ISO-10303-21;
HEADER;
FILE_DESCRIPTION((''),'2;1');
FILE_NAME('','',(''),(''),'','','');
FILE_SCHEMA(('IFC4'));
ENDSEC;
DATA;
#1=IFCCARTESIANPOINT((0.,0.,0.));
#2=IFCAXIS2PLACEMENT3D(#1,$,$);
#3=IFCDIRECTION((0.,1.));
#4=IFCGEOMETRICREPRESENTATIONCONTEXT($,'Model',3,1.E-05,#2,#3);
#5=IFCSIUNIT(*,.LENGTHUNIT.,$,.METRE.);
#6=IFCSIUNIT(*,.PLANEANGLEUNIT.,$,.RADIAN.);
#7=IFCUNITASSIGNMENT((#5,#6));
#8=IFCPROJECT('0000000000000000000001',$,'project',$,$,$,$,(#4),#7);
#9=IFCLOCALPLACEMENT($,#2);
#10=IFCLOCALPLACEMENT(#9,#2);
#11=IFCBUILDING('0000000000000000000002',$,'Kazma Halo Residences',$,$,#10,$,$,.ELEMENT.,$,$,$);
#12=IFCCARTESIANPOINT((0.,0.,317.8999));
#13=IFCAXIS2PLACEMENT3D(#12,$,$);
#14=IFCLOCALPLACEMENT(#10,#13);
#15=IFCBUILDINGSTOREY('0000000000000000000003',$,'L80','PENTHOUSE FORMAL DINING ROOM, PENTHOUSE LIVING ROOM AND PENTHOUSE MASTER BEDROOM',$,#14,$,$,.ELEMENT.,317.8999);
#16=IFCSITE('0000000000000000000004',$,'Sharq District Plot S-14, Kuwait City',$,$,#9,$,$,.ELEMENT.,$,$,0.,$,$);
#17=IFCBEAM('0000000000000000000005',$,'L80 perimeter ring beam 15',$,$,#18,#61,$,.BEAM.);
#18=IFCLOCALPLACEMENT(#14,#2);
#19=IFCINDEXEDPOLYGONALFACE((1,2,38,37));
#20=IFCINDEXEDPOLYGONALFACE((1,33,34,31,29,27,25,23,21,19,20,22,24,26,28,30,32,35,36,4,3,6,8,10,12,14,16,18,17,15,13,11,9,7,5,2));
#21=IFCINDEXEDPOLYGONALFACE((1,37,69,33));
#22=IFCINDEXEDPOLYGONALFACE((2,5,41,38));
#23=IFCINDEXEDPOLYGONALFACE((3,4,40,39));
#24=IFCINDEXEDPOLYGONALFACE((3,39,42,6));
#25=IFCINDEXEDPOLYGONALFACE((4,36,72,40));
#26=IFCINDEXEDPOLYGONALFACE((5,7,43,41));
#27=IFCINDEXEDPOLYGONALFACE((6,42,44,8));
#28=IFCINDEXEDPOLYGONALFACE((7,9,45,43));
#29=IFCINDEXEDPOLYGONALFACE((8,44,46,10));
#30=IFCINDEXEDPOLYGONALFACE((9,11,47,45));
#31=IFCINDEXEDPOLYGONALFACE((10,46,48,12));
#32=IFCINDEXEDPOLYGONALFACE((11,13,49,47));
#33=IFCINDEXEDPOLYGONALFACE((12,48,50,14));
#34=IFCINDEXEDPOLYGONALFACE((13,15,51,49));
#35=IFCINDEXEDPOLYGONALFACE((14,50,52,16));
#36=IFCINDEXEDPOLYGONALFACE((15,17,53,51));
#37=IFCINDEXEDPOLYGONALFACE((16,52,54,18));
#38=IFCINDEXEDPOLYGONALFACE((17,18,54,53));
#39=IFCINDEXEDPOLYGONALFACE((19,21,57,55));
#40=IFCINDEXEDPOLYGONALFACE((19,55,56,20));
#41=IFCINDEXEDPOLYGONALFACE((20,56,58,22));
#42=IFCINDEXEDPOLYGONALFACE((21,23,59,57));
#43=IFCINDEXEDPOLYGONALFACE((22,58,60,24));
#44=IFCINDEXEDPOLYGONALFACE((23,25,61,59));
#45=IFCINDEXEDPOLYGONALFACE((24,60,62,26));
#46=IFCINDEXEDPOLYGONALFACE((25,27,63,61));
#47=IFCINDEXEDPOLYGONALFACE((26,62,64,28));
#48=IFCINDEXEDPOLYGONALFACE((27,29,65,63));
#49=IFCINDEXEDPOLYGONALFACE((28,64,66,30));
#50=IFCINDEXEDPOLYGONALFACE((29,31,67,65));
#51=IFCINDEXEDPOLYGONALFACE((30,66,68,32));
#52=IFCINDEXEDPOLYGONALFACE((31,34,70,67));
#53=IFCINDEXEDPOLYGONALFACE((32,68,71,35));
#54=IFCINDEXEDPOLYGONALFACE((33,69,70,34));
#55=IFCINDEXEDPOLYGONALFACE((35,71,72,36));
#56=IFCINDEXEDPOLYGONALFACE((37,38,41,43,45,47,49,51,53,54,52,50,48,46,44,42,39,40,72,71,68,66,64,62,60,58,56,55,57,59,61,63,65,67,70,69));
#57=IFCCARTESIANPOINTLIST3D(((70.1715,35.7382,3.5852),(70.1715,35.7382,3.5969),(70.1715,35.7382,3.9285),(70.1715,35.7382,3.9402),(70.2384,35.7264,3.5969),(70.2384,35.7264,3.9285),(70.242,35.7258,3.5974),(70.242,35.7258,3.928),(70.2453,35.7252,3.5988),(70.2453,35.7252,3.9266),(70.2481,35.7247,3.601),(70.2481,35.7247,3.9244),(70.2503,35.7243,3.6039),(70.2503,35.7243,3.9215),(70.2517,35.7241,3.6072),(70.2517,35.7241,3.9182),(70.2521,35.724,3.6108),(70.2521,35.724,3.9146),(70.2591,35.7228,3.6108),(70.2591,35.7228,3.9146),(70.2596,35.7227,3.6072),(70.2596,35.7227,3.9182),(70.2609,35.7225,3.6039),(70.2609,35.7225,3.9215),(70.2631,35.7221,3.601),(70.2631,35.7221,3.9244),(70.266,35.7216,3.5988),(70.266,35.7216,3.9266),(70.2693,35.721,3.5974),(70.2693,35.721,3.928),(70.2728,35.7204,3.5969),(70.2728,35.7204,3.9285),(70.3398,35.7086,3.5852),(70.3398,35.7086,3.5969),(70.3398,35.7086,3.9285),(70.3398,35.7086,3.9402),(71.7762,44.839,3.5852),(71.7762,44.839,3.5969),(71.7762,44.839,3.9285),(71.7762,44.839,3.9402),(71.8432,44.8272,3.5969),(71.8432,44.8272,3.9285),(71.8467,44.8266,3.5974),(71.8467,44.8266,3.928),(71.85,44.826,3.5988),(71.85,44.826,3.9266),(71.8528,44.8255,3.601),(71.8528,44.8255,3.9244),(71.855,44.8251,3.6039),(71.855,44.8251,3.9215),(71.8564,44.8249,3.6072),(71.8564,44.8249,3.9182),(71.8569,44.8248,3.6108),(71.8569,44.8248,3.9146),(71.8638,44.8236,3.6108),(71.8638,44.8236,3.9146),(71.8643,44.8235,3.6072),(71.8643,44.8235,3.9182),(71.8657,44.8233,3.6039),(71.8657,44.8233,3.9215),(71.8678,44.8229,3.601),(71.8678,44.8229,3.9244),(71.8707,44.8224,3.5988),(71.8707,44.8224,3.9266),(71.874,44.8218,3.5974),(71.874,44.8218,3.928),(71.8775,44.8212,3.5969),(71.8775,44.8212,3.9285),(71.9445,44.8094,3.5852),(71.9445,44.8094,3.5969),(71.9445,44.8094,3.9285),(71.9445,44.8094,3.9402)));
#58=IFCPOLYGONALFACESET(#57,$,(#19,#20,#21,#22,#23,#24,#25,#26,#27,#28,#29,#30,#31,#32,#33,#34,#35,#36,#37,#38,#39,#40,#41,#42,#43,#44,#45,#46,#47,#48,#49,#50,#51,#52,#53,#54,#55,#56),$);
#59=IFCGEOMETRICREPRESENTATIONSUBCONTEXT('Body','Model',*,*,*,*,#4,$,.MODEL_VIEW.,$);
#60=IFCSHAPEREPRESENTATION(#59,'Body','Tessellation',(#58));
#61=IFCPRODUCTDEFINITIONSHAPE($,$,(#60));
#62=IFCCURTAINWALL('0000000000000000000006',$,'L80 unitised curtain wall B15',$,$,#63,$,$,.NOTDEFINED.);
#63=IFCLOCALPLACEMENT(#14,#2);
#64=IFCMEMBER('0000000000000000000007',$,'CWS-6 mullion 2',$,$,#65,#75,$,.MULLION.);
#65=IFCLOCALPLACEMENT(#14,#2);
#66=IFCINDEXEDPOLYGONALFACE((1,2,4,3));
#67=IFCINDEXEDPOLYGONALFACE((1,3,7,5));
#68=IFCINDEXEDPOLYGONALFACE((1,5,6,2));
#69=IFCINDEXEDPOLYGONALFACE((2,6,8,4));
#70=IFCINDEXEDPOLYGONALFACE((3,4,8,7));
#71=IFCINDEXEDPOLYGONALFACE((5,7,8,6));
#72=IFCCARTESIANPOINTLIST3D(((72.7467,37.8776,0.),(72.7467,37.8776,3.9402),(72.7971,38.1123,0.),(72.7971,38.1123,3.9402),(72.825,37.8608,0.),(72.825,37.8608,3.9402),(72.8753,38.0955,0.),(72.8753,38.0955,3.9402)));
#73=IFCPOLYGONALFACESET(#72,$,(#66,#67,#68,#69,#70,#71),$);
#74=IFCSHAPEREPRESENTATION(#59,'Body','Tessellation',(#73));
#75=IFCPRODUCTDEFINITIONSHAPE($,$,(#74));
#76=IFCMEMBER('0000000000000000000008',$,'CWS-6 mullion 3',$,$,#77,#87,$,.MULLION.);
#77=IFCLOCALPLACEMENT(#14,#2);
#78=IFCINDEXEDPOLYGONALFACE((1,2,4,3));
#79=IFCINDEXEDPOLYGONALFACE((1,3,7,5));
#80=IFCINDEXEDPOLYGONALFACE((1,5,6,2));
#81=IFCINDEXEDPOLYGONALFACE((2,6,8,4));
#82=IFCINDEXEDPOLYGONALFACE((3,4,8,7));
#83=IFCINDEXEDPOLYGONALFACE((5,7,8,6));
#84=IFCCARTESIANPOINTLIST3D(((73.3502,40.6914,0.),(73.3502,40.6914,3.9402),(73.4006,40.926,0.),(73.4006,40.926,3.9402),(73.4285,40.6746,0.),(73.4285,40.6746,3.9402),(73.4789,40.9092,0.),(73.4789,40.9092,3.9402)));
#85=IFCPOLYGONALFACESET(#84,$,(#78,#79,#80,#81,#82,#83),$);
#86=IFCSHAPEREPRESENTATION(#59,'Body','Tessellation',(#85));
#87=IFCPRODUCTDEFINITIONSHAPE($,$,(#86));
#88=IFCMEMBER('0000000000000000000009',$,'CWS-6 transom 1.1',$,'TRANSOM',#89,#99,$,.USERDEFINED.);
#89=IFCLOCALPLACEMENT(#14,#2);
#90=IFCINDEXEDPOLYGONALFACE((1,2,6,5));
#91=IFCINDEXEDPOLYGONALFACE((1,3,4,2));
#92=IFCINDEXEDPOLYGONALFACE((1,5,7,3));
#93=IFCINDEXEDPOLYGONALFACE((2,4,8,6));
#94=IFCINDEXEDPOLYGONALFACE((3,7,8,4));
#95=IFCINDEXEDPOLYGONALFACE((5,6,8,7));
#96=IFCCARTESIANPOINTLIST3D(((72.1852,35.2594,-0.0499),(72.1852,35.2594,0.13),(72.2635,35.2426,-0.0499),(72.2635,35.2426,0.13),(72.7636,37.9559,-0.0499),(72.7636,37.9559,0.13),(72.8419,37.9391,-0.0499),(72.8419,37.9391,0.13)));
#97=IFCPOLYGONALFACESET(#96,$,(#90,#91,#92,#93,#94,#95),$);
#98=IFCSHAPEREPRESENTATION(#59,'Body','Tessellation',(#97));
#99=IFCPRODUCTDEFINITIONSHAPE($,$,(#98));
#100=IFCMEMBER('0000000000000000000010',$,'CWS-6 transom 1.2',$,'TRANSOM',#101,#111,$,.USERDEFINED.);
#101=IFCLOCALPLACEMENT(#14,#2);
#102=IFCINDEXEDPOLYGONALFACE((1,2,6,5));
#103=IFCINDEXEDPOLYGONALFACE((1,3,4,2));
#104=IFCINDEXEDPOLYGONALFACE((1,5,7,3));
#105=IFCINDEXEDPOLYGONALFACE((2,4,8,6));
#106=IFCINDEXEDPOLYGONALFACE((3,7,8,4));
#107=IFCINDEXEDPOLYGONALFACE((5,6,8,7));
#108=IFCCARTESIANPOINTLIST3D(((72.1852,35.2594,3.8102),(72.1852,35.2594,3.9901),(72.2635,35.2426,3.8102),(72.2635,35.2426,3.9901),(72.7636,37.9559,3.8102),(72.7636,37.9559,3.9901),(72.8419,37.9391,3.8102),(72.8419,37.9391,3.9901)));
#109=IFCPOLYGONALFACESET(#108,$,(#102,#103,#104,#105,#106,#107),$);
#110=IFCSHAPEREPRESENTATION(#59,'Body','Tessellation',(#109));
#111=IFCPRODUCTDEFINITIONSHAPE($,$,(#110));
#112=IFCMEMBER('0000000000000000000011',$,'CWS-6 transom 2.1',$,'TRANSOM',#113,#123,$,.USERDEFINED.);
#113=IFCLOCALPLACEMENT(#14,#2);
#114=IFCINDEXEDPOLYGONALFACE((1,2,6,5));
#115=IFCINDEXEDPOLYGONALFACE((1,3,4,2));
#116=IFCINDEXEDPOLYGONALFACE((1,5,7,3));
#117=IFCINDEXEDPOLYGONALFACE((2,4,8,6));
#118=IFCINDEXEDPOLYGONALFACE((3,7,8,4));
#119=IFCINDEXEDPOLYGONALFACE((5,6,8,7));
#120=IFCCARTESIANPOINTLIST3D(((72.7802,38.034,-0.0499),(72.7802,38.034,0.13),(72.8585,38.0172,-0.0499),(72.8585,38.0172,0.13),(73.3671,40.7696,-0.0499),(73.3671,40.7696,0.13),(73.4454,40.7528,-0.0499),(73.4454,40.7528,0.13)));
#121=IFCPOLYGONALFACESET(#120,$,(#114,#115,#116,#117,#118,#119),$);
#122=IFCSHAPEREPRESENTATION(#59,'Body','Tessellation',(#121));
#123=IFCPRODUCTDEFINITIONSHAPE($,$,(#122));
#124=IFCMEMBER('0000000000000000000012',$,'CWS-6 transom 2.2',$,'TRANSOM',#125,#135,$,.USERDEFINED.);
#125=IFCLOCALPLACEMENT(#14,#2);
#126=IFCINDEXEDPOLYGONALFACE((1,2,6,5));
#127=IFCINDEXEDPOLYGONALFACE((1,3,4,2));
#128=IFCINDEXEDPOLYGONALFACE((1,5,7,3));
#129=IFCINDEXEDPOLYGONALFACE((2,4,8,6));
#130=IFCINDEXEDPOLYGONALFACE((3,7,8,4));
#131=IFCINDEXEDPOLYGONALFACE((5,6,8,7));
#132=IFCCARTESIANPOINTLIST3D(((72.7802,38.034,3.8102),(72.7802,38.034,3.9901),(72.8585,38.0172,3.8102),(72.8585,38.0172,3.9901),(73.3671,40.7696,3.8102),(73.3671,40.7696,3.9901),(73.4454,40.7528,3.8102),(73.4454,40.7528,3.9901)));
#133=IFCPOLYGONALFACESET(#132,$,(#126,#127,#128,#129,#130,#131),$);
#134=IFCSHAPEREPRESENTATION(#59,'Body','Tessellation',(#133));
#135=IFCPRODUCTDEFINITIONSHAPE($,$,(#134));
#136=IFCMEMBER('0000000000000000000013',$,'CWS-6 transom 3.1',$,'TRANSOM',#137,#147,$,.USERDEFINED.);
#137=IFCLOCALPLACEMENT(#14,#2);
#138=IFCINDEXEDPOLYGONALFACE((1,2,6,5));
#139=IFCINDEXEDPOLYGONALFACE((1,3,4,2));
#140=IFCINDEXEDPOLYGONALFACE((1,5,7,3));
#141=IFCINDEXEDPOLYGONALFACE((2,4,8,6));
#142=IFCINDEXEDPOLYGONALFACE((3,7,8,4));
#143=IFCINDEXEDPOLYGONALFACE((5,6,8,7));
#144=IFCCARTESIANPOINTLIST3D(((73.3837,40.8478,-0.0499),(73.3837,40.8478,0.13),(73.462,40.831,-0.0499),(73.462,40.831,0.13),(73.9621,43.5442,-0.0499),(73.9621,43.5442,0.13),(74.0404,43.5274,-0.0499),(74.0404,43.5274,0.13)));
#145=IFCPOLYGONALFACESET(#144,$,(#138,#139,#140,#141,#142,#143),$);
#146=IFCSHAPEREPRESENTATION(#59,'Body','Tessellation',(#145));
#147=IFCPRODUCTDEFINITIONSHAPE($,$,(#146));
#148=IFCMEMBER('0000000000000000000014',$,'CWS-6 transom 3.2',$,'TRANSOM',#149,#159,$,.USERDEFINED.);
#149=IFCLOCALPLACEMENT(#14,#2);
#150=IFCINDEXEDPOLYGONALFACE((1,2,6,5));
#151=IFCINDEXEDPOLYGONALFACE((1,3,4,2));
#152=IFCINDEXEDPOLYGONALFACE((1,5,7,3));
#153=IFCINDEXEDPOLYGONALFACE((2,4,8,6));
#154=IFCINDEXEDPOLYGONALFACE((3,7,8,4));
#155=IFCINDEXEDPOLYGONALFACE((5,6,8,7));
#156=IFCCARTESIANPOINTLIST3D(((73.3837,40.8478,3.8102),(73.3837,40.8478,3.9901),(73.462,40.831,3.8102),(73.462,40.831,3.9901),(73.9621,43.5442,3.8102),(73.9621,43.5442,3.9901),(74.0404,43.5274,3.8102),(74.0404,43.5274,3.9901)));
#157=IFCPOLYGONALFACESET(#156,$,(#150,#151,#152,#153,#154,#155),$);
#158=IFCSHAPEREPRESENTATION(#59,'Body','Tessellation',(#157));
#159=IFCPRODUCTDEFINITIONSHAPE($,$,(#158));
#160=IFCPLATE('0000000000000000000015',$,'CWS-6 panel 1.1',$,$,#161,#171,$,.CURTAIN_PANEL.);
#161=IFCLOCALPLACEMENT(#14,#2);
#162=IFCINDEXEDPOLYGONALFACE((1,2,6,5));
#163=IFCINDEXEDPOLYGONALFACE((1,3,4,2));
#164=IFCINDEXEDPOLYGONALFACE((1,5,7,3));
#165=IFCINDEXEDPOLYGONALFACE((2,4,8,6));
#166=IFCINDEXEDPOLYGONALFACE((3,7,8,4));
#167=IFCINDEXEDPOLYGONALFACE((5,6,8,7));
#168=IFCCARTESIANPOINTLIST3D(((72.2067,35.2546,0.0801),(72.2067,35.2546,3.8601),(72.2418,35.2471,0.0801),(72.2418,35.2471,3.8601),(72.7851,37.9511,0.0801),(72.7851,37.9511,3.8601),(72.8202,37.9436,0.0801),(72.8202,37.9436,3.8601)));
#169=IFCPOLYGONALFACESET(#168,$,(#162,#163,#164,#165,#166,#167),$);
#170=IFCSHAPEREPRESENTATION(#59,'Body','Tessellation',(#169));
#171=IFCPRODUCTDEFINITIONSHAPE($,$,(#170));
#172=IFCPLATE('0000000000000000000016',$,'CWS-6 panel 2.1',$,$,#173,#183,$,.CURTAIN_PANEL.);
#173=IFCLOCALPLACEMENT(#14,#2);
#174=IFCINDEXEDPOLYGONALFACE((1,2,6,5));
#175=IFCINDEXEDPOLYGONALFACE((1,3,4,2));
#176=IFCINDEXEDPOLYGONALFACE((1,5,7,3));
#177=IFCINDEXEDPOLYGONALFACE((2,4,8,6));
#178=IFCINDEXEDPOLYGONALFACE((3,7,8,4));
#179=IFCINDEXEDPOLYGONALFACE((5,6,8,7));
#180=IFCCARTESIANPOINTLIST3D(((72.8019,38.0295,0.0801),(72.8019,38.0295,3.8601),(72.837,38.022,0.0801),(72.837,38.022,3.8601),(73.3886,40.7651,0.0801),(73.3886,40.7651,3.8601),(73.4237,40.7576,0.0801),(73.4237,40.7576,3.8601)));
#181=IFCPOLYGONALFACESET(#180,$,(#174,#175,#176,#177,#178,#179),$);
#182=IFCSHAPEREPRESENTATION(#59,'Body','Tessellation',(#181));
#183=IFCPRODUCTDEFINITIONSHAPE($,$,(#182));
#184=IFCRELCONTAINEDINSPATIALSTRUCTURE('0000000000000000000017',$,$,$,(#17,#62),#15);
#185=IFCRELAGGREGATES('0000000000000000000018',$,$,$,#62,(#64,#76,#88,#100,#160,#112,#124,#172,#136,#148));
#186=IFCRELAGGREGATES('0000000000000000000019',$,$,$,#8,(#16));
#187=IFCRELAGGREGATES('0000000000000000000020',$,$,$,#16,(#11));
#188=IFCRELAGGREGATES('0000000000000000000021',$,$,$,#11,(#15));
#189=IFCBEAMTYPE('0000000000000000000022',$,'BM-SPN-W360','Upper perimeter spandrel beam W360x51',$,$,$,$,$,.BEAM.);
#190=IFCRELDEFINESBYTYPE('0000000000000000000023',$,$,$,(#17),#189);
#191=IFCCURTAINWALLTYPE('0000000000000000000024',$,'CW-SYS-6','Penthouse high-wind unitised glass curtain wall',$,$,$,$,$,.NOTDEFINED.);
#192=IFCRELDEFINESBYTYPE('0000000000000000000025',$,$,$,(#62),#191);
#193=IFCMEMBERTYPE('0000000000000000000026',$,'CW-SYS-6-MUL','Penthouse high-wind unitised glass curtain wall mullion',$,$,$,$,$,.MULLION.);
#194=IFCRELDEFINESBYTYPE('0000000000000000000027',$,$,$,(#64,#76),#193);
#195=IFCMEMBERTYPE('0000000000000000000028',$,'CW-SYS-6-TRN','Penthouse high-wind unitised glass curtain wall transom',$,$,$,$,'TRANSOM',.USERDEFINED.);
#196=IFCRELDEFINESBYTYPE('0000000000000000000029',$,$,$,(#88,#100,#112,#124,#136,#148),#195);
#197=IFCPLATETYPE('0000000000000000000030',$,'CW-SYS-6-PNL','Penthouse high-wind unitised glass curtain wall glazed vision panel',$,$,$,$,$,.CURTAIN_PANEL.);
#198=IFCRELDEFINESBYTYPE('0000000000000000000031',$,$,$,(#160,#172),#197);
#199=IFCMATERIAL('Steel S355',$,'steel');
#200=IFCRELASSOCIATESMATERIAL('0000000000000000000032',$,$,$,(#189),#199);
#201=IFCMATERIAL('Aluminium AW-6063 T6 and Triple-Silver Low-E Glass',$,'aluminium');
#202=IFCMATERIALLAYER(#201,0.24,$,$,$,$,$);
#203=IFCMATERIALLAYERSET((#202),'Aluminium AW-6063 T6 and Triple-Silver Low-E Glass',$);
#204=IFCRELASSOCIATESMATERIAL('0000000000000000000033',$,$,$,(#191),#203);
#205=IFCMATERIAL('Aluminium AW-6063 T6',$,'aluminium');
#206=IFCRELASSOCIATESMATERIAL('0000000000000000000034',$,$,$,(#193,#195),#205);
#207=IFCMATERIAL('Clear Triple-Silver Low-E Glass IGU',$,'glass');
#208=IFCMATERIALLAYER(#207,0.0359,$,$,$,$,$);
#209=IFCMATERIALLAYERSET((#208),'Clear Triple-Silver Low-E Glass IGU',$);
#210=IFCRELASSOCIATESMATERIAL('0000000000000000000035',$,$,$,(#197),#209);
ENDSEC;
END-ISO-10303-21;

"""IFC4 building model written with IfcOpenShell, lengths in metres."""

from ifc_helpers import new_model, si_unit, direction, frame, origin, origin_2d, place, context, subcontext, project, spatial, rectangle, i_section, extrude, material, layer, layer_set, material_profile, profile_set, type_object, element, aggregate, save


model = new_model("IFC4")

# Units and contexts
model_context = context("Model", 3, precision=1e-05, world=origin(), true_north=direction((0.0, 1.0)))
body_context = subcontext(model_context, "Body", "Model", "MODEL_VIEW")
ifc_project = project(units=[si_unit("LENGTHUNIT", "METRE"), si_unit("PLANEANGLEUNIT", "RADIAN")], contexts=[model_context])

# Site, building, storey
site_placement = place(None, origin())
site = spatial("IfcSite", under=ifc_project, at=site_placement, Name="Sharq District Plot S-14, Kuwait City", CompositionType="ELEMENT", RefElevation=0.0)
building_placement = place(site_placement, origin())
building = spatial("IfcBuilding", under=site, at=building_placement, Name="Kazma Halo Residences", CompositionType="ELEMENT")
storey_placement = place(building_placement, frame((0.0, 0.0, 317.8999)))
storey = spatial("IfcBuildingStorey", under=building, at=storey_placement, Name="L80", Description="PENTHOUSE FORMAL DINING ROOM, PENTHOUSE LIVING ROOM AND PENTHOUSE MASTER BEDROOM", CompositionType="ELEMENT", Elevation=317.8999)

# Beam
ifc_material_1 = material(Name="Steel S355", Category="steel")
ifc_material_profile_1 = material_profile(ifc_material_1, i_section(OverallWidth=0.1709, OverallDepth=0.355, WebThickness=0.0071, FlangeThickness=0.0117, FilletRadius=0.0139, at=origin_2d()), Name="W360x51")
ifc_profile_set_1 = profile_set([ifc_material_profile_1], Name="Steel S355")
beam_type_1 = type_object("IfcBeamType", Name="BM-SPN-W360", Description="Upper perimeter spandrel beam W360x51", PredefinedType="BEAM", material=ifc_profile_set_1)
beam_1_placement = place(storey_placement, frame((70.2556, 35.7234, 3.7627), z_axis=(0.17365, 0.984807, 0.0), x_axis=(-0.984807, 0.17365, 0.0)))
element("IfcBeam", 1, at=beam_1_placement, inside=storey, type_object=beam_type_1, Name="L80 perimeter ring beam 15", PredefinedType="BEAM", context=body_context, shape_type="SweptSolid", body=[
    extrude(i_section(OverallWidth=0.1709, OverallDepth=0.355, WebThickness=0.0071, FlangeThickness=0.0117, FilletRadius=0.0139, at=origin_2d()), origin(), (0.0, 0.0, 1.0), 9.2412),
])

# Curtain wall, members, plates
ifc_material_2 = material(Name="Aluminium AW-6063 T6 and Triple-Silver Low-E Glass", Category="aluminium")
ifc_layer_1 = layer(ifc_material_2, 0.24)
ifc_layer_set_1 = layer_set([ifc_layer_1], Name="Aluminium AW-6063 T6 and Triple-Silver Low-E Glass")
curtain_wall_type = type_object("IfcCurtainWallType", Name="CW-SYS-6", Description="Penthouse high-wind unitised glass curtain wall", PredefinedType="NOTDEFINED", material=ifc_layer_set_1)
curtain_wall_placement = place(storey_placement, origin())
curtain_wall = element("IfcCurtainWall", 2, at=curtain_wall_placement, inside=storey, type_object=curtain_wall_type, Name="L80 unitised curtain wall B15", PredefinedType="NOTDEFINED")
ifc_material_3 = material(Name="Aluminium AW-6063 T6", Category="aluminium")
ifc_material_profile_2 = material_profile(ifc_material_3, rectangle(XDim=0.0801, YDim=0.24, at=origin_2d()), Name="CWM-80x240")
ifc_profile_set_2 = profile_set([ifc_material_profile_2], Name="Aluminium AW-6063 T6")
member_type_1 = type_object("IfcMemberType", Name="CW-SYS-6-MUL", Description="Penthouse high-wind unitised glass curtain wall mullion", PredefinedType="MULLION", material=ifc_profile_set_2)
member_1_placement = place(storey_placement, frame((72.811, 37.9866, 0.0), z_axis=(0.0, 0.0, 1.0), x_axis=(-0.977761, 0.209723, 0.0)))
member_1 = element("IfcMember", 3, at=member_1_placement, type_object=member_type_1, Name="CWS-6 mullion 2", PredefinedType="MULLION", context=body_context, shape_type="SweptSolid", body=[
    extrude(rectangle(XDim=0.0801, YDim=0.24, at=origin_2d()), origin(), (0.0, 0.0, 1.0), 3.9402),
])
member_2_placement = place(storey_placement, frame((73.4146, 40.8003, 0.0), z_axis=(0.0, 0.0, 1.0), x_axis=(-0.977761, 0.209723, 0.0)))
member_2 = element("IfcMember", 4, at=member_2_placement, type_object=member_type_1, Name="CWS-6 mullion 3", PredefinedType="MULLION", context=body_context, shape_type="SweptSolid", body=[
    extrude(rectangle(XDim=0.0801, YDim=0.24, at=origin_2d()), origin(), (0.0, 0.0, 1.0), 3.9402),
])
ifc_material_profile_3 = material_profile(ifc_material_3, rectangle(XDim=0.0801, YDim=0.1799, at=origin_2d()), Name="CWT-80x180")
ifc_profile_set_3 = profile_set([ifc_material_profile_3], Name="Aluminium AW-6063 T6")
member_type_2 = type_object("IfcMemberType", Name="CW-SYS-6-TRN", Description="Penthouse high-wind unitised glass curtain wall transom", ElementType="TRANSOM", PredefinedType="USERDEFINED", material=ifc_profile_set_3)
member_3_placement = place(storey_placement, frame((72.2244, 35.251, 0.04), z_axis=(0.209716, 0.977762, 0.0), x_axis=(-0.977762, 0.209716, 0.0)))
member_3 = element("IfcMember", 5, at=member_3_placement, type_object=member_type_2, Name="CWS-6 transom 1.1", ObjectType="TRANSOM", PredefinedType="USERDEFINED", context=body_context, shape_type="SweptSolid", body=[
    extrude(rectangle(XDim=0.0801, YDim=0.1799, at=origin_2d()), origin(), (0.0, 0.0, 1.0), 2.7578),
])
member_4_placement = place(storey_placement, frame((72.2244, 35.251, 3.9001), z_axis=(0.209716, 0.977762, 0.0), x_axis=(-0.977762, 0.209716, 0.0)))
member_4 = element("IfcMember", 6, at=member_4_placement, type_object=member_type_2, Name="CWS-6 transom 1.2", ObjectType="TRANSOM", PredefinedType="USERDEFINED", context=body_context, shape_type="SweptSolid", body=[
    extrude(rectangle(XDim=0.0801, YDim=0.1799, at=origin_2d()), origin(), (0.0, 0.0, 1.0), 2.7578),
])
member_5_placement = place(storey_placement, frame((72.8193, 38.0256, 0.04), z_axis=(0.209773, 0.97775, 0.0), x_axis=(-0.97775, 0.209773, 0.0)))
member_5 = element("IfcMember", 7, at=member_5_placement, type_object=member_type_2, Name="CWS-6 transom 2.1", ObjectType="TRANSOM", PredefinedType="USERDEFINED", context=body_context, shape_type="SweptSolid", body=[
    extrude(rectangle(XDim=0.0801, YDim=0.1799, at=origin_2d()), origin(), (0.0, 0.0, 1.0), 2.7979),
])
member_6_placement = place(storey_placement, frame((72.8193, 38.0256, 3.9001), z_axis=(0.209773, 0.97775, 0.0), x_axis=(-0.97775, 0.209773, 0.0)))
member_6 = element("IfcMember", 8, at=member_6_placement, type_object=member_type_2, Name="CWS-6 transom 2.2", ObjectType="TRANSOM", PredefinedType="USERDEFINED", context=body_context, shape_type="SweptSolid", body=[
    extrude(rectangle(XDim=0.0801, YDim=0.1799, at=origin_2d()), origin(), (0.0, 0.0, 1.0), 2.7979),
])
member_7_placement = place(storey_placement, frame((73.4229, 40.8394, 0.04), z_axis=(0.209716, 0.977762, 0.0), x_axis=(-0.977762, 0.209716, 0.0)))
member_7 = element("IfcMember", 9, at=member_7_placement, type_object=member_type_2, Name="CWS-6 transom 3.1", ObjectType="TRANSOM", PredefinedType="USERDEFINED", context=body_context, shape_type="SweptSolid", body=[
    extrude(rectangle(XDim=0.0801, YDim=0.1799, at=origin_2d()), origin(), (0.0, 0.0, 1.0), 2.7578),
])
member_8_placement = place(storey_placement, frame((73.4229, 40.8394, 3.9001), z_axis=(0.209716, 0.977762, 0.0), x_axis=(-0.977762, 0.209716, 0.0)))
member_8 = element("IfcMember", 10, at=member_8_placement, type_object=member_type_2, Name="CWS-6 transom 3.2", ObjectType="TRANSOM", PredefinedType="USERDEFINED", context=body_context, shape_type="SweptSolid", body=[
    extrude(rectangle(XDim=0.0801, YDim=0.1799, at=origin_2d()), origin(), (0.0, 0.0, 1.0), 2.7578),
])
ifc_material_4 = material(Name="Clear Triple-Silver Low-E Glass IGU", Category="glass")
ifc_layer_2 = layer(ifc_material_4, 0.0359)
ifc_layer_set_2 = layer_set([ifc_layer_2], Name="Clear Triple-Silver Low-E Glass IGU")
plate_type = type_object("IfcPlateType", Name="CW-SYS-6-PNL", Description="Penthouse high-wind unitised glass curtain wall glazed vision panel", PredefinedType="CURTAIN_PANEL", material=ifc_layer_set_2)
plate_1_placement = place(storey_placement, frame((72.5134, 36.5991, 0.0801), z_axis=(0.0, 0.0, 1.0), x_axis=(0.209723, 0.977761, 0.0)))
plate_1 = element("IfcPlate", 11, at=plate_1_placement, type_object=plate_type, Name="CWS-6 panel 1.1", PredefinedType="CURTAIN_PANEL", context=body_context, shape_type="SweptSolid", body=[
    extrude(rectangle(XDim=2.7578, YDim=0.0359, at=origin_2d()), origin(), (0.0, 0.0, 1.0), 3.78),
])
plate_2_placement = place(storey_placement, frame((73.1128, 39.3936, 0.0801), z_axis=(0.0, 0.0, 1.0), x_axis=(0.209723, 0.977761, 0.0)))
plate_2 = element("IfcPlate", 12, at=plate_2_placement, type_object=plate_type, Name="CWS-6 panel 2.1", PredefinedType="CURTAIN_PANEL", context=body_context, shape_type="SweptSolid", body=[
    extrude(rectangle(XDim=2.7979, YDim=0.0359, at=origin_2d()), origin(), (0.0, 0.0, 1.0), 3.78),
])
aggregate(curtain_wall, [member_1, member_2, member_3, member_4, plate_1, member_5, member_6, plate_2, member_7, member_8])

save(model, "model.ifc")
